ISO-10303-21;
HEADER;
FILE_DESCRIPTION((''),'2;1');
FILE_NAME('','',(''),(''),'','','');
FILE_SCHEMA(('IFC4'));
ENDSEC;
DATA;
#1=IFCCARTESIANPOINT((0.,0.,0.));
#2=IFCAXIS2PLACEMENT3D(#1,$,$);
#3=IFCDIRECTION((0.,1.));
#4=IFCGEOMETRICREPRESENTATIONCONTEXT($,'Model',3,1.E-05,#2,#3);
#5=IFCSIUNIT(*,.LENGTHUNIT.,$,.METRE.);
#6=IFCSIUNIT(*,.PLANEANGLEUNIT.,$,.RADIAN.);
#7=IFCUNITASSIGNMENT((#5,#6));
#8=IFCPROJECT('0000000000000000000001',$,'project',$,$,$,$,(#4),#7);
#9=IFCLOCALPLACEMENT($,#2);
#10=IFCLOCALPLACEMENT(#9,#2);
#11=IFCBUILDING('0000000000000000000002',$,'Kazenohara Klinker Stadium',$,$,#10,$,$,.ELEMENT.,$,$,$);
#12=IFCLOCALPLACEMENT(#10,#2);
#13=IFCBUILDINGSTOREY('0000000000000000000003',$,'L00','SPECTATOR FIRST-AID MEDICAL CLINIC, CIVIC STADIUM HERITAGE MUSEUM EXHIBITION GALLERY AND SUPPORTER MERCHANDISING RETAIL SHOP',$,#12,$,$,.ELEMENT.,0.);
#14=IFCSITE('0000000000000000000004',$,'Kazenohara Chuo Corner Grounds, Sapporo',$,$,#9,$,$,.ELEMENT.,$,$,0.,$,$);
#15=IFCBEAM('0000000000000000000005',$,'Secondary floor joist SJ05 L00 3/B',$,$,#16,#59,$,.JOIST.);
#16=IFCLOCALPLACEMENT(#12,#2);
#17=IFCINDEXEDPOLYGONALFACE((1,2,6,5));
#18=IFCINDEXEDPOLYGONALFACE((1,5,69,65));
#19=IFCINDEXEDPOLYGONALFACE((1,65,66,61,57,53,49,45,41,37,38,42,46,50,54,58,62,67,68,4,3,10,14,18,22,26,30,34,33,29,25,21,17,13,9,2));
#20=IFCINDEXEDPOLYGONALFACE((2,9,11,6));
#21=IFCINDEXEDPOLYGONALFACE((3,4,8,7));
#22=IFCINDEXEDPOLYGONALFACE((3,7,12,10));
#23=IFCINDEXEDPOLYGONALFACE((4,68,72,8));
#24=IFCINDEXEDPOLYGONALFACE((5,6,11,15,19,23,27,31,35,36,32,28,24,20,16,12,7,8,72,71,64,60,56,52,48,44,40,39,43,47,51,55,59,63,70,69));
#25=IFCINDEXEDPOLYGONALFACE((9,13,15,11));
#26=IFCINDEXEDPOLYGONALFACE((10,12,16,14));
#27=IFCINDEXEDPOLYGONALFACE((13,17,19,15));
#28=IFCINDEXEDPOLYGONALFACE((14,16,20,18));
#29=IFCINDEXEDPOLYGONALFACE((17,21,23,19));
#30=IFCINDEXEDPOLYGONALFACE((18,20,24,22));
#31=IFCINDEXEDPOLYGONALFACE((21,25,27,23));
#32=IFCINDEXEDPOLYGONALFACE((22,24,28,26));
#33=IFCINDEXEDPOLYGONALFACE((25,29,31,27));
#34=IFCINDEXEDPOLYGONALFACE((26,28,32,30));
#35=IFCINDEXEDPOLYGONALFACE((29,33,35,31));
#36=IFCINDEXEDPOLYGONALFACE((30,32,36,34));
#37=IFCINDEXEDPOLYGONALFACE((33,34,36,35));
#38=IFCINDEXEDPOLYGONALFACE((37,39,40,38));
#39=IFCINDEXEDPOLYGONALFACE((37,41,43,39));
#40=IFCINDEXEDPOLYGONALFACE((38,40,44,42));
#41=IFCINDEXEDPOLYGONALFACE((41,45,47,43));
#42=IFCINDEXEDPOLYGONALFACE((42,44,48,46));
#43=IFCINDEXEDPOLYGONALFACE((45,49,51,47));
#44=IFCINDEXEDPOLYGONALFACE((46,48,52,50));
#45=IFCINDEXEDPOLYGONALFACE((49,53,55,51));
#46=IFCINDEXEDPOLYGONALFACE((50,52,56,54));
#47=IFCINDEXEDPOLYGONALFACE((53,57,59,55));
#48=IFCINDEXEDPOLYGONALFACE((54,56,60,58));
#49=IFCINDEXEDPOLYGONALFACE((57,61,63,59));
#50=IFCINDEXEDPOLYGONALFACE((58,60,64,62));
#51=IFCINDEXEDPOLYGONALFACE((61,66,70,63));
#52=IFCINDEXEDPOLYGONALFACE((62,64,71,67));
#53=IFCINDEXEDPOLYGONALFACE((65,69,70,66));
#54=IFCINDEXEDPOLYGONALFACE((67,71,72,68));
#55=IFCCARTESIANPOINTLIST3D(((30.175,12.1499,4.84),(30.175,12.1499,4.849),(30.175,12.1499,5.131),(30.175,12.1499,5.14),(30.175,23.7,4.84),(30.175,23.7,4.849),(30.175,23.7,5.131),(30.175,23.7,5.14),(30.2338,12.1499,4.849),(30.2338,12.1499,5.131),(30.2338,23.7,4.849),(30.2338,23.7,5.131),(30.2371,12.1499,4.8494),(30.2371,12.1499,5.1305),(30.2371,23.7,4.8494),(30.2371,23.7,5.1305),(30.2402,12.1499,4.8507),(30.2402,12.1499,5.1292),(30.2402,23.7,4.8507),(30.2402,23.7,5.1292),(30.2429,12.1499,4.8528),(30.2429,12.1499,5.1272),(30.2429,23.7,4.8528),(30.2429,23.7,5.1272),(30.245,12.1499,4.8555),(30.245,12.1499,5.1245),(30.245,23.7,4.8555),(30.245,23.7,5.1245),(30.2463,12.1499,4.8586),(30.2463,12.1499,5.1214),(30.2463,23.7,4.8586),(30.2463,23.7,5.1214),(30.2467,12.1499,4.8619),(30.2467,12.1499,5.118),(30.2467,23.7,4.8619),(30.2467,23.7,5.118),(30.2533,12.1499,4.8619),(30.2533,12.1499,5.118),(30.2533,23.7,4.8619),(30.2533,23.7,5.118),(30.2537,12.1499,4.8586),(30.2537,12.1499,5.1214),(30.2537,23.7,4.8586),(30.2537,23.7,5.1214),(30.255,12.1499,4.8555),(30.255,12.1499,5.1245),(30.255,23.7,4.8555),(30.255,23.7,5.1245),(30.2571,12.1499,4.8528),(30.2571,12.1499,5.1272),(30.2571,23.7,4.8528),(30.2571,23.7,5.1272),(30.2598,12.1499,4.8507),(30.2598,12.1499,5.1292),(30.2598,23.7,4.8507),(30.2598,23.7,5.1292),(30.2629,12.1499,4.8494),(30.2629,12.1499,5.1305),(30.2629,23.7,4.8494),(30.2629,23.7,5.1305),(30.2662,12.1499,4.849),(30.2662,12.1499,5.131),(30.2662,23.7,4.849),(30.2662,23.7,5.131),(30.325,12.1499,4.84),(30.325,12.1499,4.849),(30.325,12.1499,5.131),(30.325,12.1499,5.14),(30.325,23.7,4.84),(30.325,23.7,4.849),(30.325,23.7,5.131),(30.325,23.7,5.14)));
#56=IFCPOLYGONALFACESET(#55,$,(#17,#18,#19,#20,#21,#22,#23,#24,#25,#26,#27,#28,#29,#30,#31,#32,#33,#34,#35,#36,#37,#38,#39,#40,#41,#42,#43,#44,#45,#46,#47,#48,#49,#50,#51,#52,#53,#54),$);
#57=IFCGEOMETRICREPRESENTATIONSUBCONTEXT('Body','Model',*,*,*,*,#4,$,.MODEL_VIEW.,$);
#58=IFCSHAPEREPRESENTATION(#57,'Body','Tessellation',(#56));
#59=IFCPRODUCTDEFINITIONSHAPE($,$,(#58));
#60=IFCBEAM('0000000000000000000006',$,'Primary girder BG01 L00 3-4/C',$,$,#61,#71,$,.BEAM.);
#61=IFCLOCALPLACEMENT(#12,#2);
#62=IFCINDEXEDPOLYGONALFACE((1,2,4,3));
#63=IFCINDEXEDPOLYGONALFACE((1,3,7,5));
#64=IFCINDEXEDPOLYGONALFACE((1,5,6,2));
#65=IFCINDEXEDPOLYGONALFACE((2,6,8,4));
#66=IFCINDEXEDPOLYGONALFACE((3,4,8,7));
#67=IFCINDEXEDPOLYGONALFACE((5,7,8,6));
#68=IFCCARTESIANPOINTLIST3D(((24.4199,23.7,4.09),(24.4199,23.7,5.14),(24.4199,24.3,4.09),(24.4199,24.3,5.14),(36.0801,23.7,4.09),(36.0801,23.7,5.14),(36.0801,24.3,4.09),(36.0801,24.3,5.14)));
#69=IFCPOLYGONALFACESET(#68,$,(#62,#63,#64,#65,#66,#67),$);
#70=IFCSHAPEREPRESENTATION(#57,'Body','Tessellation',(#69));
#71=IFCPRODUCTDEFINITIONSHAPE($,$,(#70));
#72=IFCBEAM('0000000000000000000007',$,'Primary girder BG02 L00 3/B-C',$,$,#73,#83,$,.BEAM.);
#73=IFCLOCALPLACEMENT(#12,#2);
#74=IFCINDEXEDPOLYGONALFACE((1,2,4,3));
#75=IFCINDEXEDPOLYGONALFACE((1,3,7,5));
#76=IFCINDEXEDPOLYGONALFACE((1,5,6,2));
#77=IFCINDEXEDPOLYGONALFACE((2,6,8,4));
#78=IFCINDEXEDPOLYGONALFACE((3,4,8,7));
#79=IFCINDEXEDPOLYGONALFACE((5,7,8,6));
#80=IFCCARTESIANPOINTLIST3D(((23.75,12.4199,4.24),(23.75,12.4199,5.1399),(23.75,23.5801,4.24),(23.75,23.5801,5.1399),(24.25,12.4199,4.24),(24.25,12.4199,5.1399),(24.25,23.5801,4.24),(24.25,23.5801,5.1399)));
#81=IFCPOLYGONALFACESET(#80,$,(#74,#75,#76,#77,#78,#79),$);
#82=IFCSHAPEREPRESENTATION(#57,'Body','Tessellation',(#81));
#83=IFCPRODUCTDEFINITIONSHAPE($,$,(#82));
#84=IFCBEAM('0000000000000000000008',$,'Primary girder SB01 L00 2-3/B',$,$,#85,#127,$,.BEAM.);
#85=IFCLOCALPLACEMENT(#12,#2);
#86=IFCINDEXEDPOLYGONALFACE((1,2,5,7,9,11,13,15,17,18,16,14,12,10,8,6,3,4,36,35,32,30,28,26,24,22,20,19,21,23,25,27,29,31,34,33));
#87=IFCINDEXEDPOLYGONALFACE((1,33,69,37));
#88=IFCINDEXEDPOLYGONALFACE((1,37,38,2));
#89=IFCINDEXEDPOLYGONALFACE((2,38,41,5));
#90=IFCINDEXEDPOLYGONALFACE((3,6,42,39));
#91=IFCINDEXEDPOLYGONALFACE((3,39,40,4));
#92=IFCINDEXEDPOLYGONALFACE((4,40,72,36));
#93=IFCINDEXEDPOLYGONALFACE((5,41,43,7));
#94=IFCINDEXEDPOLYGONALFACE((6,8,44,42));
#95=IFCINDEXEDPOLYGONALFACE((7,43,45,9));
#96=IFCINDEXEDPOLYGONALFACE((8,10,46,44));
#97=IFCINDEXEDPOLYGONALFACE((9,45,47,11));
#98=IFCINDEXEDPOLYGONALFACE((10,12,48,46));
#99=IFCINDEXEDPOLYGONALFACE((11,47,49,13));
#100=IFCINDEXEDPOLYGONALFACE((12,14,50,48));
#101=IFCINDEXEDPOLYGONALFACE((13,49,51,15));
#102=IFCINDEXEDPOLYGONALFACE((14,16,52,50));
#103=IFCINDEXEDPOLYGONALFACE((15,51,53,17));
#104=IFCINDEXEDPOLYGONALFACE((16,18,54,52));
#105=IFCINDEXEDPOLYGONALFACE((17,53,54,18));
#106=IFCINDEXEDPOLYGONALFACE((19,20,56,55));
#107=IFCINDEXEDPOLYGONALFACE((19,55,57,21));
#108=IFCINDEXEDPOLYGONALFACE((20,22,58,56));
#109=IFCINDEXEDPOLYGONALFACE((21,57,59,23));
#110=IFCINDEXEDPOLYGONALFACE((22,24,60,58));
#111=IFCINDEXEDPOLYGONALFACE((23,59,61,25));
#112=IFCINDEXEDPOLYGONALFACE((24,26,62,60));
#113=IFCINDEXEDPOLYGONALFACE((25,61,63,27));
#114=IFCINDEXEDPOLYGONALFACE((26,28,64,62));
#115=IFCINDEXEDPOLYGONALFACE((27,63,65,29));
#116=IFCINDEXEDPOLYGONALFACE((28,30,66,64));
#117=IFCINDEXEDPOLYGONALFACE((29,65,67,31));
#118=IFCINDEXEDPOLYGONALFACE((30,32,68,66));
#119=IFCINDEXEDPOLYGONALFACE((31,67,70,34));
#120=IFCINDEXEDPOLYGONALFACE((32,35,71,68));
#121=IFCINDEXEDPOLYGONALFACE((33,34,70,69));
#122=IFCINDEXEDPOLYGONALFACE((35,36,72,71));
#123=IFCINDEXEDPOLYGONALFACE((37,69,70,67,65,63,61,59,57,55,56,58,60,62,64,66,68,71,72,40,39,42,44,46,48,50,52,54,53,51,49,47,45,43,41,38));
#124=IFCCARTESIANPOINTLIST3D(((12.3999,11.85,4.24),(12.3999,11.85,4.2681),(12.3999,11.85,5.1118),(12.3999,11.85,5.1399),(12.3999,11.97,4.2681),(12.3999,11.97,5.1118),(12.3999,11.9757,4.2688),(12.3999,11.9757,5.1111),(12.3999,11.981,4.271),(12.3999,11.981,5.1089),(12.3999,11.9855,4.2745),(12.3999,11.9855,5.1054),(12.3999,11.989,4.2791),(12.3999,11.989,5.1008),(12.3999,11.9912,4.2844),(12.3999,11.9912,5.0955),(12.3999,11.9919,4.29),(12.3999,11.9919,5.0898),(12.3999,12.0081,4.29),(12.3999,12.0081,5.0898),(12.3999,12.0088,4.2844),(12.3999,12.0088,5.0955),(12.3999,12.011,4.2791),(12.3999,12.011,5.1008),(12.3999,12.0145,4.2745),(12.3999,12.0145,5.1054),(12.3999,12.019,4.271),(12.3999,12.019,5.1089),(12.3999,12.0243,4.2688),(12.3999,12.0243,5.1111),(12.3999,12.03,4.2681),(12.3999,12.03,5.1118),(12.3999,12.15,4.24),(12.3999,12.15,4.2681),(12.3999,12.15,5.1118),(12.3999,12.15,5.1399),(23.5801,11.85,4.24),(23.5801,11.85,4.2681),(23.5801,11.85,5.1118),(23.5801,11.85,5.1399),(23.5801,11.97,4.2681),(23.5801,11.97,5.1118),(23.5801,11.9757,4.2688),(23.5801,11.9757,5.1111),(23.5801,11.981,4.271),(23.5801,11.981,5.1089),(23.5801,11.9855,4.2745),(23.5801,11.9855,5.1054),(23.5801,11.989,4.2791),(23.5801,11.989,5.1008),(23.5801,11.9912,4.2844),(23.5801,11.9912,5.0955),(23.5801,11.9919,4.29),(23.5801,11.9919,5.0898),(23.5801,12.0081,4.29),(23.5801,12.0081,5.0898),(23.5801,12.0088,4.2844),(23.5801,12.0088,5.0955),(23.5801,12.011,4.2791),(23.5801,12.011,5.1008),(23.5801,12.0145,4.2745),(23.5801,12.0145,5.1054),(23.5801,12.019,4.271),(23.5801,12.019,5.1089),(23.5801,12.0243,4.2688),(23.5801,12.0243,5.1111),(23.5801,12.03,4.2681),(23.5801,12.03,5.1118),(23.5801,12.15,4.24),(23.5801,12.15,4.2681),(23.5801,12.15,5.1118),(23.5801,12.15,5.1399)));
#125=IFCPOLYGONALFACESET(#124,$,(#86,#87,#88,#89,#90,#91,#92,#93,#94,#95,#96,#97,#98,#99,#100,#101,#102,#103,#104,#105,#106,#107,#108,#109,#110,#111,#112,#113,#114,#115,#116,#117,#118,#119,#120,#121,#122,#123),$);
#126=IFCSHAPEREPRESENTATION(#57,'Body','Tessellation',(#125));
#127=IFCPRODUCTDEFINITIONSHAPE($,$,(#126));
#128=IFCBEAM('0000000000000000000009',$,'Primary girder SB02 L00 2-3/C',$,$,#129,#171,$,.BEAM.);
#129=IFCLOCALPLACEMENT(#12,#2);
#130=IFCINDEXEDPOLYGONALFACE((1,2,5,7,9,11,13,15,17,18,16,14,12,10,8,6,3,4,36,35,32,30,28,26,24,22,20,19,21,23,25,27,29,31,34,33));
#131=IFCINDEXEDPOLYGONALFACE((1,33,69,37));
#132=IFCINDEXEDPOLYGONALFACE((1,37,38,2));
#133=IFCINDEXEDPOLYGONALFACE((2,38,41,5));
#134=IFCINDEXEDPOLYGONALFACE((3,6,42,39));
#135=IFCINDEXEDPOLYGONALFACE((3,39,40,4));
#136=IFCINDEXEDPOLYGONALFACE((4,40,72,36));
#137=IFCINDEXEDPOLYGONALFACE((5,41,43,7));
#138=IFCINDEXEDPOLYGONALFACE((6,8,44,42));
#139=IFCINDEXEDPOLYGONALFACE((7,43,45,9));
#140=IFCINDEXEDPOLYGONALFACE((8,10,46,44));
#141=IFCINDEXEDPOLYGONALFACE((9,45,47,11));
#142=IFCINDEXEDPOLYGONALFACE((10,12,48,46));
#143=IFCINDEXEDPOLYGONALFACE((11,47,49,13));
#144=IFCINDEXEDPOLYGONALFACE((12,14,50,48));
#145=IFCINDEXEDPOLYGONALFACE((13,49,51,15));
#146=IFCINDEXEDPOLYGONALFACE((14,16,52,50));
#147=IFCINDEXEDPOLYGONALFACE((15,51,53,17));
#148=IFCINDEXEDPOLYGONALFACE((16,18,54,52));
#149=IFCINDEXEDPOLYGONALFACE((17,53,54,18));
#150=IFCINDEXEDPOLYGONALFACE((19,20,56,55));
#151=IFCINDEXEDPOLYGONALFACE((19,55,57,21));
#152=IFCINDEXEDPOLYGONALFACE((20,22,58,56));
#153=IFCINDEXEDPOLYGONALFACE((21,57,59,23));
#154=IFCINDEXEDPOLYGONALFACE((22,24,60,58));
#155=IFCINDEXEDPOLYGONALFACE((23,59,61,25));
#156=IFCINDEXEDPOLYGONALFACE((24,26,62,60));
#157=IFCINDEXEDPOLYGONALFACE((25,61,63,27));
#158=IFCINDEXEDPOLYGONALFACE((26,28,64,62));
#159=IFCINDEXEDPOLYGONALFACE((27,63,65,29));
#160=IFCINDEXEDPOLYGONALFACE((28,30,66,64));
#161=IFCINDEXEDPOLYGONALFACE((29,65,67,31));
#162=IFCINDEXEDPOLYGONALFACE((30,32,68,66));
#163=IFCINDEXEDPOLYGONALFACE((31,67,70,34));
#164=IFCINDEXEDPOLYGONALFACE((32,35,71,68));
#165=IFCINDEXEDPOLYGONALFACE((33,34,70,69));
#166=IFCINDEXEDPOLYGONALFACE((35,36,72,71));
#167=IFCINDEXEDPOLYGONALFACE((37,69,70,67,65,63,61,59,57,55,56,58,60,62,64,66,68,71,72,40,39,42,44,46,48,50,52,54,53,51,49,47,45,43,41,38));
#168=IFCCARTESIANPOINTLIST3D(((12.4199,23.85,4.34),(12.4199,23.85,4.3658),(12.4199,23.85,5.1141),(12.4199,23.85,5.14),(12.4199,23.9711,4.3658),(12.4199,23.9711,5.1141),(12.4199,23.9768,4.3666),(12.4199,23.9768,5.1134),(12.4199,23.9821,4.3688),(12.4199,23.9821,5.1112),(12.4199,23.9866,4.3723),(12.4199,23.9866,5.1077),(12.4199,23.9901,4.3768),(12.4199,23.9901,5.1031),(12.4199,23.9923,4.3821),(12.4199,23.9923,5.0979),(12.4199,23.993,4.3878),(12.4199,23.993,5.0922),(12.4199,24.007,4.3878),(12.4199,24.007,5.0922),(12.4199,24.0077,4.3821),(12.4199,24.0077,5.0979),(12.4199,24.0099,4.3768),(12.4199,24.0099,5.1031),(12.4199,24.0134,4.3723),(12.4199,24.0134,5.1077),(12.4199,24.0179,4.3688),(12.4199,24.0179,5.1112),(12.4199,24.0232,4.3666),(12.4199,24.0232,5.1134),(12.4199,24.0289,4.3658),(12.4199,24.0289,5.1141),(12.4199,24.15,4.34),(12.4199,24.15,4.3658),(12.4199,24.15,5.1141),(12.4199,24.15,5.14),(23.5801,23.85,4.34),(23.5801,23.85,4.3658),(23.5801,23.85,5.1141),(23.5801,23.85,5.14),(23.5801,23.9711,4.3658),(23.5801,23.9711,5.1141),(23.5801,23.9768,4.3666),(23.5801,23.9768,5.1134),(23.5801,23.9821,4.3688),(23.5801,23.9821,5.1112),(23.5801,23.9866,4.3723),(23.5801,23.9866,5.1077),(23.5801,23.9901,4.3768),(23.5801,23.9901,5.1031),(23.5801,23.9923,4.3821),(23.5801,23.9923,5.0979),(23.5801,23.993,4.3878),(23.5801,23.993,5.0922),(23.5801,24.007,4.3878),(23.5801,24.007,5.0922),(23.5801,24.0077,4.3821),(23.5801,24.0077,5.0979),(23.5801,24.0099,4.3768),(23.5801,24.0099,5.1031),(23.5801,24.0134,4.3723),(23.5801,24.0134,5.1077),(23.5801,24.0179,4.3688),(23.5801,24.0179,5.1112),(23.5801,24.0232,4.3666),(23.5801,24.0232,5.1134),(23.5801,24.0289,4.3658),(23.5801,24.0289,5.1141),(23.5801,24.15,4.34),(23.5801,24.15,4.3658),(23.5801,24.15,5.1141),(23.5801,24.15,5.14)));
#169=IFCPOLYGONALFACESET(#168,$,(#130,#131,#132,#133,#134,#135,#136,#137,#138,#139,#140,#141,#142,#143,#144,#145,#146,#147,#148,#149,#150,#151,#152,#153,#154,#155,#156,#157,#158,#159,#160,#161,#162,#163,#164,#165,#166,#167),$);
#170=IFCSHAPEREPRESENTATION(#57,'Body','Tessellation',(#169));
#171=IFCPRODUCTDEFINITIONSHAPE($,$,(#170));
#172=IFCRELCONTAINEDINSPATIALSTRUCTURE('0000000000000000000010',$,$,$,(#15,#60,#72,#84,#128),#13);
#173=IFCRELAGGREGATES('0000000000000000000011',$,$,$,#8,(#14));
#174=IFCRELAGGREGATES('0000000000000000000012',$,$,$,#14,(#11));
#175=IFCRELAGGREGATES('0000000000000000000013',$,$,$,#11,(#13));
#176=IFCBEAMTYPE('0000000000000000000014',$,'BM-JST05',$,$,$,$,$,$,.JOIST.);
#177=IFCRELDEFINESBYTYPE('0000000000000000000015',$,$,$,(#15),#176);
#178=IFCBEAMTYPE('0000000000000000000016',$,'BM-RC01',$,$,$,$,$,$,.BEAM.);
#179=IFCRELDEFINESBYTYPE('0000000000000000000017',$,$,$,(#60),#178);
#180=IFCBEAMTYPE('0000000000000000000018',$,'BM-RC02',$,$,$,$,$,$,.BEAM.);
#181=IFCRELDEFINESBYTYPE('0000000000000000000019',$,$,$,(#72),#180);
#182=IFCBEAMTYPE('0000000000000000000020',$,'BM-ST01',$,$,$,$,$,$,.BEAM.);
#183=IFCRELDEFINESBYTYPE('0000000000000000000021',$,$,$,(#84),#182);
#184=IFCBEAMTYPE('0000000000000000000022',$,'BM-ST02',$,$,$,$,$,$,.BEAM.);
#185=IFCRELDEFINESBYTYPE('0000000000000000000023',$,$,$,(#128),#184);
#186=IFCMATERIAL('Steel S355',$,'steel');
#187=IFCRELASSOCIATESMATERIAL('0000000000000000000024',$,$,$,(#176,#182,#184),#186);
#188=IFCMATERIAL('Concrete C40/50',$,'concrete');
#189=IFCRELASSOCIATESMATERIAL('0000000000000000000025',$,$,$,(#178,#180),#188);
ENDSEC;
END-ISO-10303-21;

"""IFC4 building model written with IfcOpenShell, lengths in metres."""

from ifc_helpers import new_model, si_unit, direction, frame, origin, origin_2d, place, context, subcontext, project, spatial, rectangle, i_section, extrude, material, material_profile, profile_set, type_object, element, save


model = new_model("IFC4")

# Units and contexts
model_context = context("Model", 3, precision=1e-05, world=origin(), true_north=direction((0.0, 1.0)))
body_context = subcontext(model_context, "Body", "Model", "MODEL_VIEW")
ifc_project = project(units=[si_unit("LENGTHUNIT", "METRE"), si_unit("PLANEANGLEUNIT", "RADIAN")], contexts=[model_context])

# Site, building, storey
site_placement = place(None, origin())
site = spatial("IfcSite", under=ifc_project, at=site_placement, Name="Kazenohara Chuo Corner Grounds, Sapporo", CompositionType="ELEMENT", RefElevation=0.0)
building_placement = place(site_placement, origin())
building = spatial("IfcBuilding", under=site, at=building_placement, Name="Kazenohara Klinker Stadium", CompositionType="ELEMENT")
storey_placement = place(building_placement, origin())
storey = spatial("IfcBuildingStorey", under=building, at=storey_placement, Name="L00", Description="SPECTATOR FIRST-AID MEDICAL CLINIC, CIVIC STADIUM HERITAGE MUSEUM EXHIBITION GALLERY AND SUPPORTER MERCHANDISING RETAIL SHOP", CompositionType="ELEMENT", Elevation=0.0)

# Shared definitions
ifc_material_1 = material(Name="Concrete C40/50", Category="concrete")

# Beams
ifc_material_2 = material(Name="Steel S355", Category="steel")
ifc_material_profile_1 = material_profile(ifc_material_2, i_section(OverallWidth=0.1499, OverallDepth=0.3, WebThickness=0.0066, FlangeThickness=0.009, FilletRadius=0.0129, at=origin_2d()), Name="H-300x150x6.5x9")
ifc_profile_set_1 = profile_set([ifc_material_profile_1], Name="Steel S355")
beam_type_1 = type_object("IfcBeamType", Name="BM-JST05", PredefinedType="JOIST", material=ifc_profile_set_1)
beam_1_placement = place(storey_placement, frame((30.25, 12.1499, 4.99), z_axis=(0.0, 1.0, 0.0), x_axis=(-1.0, 0.0, 0.0)))
element("IfcBeam", 1, at=beam_1_placement, inside=storey, type_object=beam_type_1, Name="Secondary floor joist SJ05 L00 3/B", PredefinedType="JOIST", context=body_context, shape_type="SweptSolid", body=[
    extrude(i_section(OverallWidth=0.1499, OverallDepth=0.3, WebThickness=0.0066, FlangeThickness=0.009, FilletRadius=0.0129, at=origin_2d()), origin(), (0.0, 0.0, 1.0), 11.55),
])
ifc_material_profile_2 = material_profile(ifc_material_1, rectangle(XDim=0.6001, YDim=1.05, at=origin_2d()), Name="RC-BM-600x1050")
ifc_profile_set_2 = profile_set([ifc_material_profile_2], Name="Concrete C40/50")
beam_type_2 = type_object("IfcBeamType", Name="BM-RC01", PredefinedType="BEAM", material=ifc_profile_set_2)
beam_2_placement = place(storey_placement, frame((24.4199, 24.0, 4.615), z_axis=(1.0, 0.0, 0.0), x_axis=(0.0, 1.0, 0.0)))
element("IfcBeam", 2, at=beam_2_placement, inside=storey, type_object=beam_type_2, Name="Primary girder BG01 L00 3-4/C", PredefinedType="BEAM", context=body_context, shape_type="SweptSolid", body=[
    extrude(rectangle(XDim=0.6001, YDim=1.05, at=origin_2d()), origin(), (0.0, 0.0, 1.0), 11.6602),
])
ifc_material_profile_3 = material_profile(ifc_material_1, rectangle(XDim=0.5, YDim=0.8999, at=origin_2d()), Name="RC-BM-500x900")
ifc_profile_set_3 = profile_set([ifc_material_profile_3], Name="Concrete C40/50")
beam_type_3 = type_object("IfcBeamType", Name="BM-RC02", PredefinedType="BEAM", material=ifc_profile_set_3)
beam_3_placement = place(storey_placement, frame((24.0, 12.4199, 4.6899), z_axis=(0.0, 1.0, 0.0), x_axis=(-1.0, 0.0, 0.0)))
element("IfcBeam", 3, at=beam_3_placement, inside=storey, type_object=beam_type_3, Name="Primary girder BG02 L00 3/B-C", PredefinedType="BEAM", context=body_context, shape_type="SweptSolid", body=[
    extrude(rectangle(XDim=0.5, YDim=0.8999, at=origin_2d()), origin(), (0.0, 0.0, 1.0), 11.1602),
])
ifc_material_profile_4 = material_profile(ifc_material_2, i_section(OverallWidth=0.3, OverallDepth=0.8999, WebThickness=0.0161, FlangeThickness=0.0281, FilletRadius=0.022, at=origin_2d()), Name="H-900x300x16x28")
ifc_profile_set_4 = profile_set([ifc_material_profile_4], Name="Steel S355")
beam_type_4 = type_object("IfcBeamType", Name="BM-ST01", PredefinedType="BEAM", material=ifc_profile_set_4)
beam_4_placement = place(storey_placement, frame((12.3999, 12.0, 4.6899), z_axis=(1.0, 0.0, 0.0), x_axis=(0.0, 1.0, 0.0)))
element("IfcBeam", 4, at=beam_4_placement, inside=storey, type_object=beam_type_4, Name="Primary girder SB01 L00 2-3/B", PredefinedType="BEAM", context=body_context, shape_type="SweptSolid", body=[
    extrude(i_section(OverallWidth=0.3, OverallDepth=0.8999, WebThickness=0.0161, FlangeThickness=0.0281, FilletRadius=0.022, at=origin_2d()), origin(), (0.0, 0.0, 1.0), 11.1802),
])
ifc_material_profile_5 = material_profile(ifc_material_2, i_section(OverallWidth=0.3, OverallDepth=0.8, WebThickness=0.0139, FlangeThickness=0.0259, FilletRadius=0.022, at=origin_2d()), Name="H-800x300x14x26")
ifc_profile_set_5 = profile_set([ifc_material_profile_5], Name="Steel S355")
beam_type_5 = type_object("IfcBeamType", Name="BM-ST02", PredefinedType="BEAM", material=ifc_profile_set_5)
beam_5_placement = place(storey_placement, frame((12.4199, 24.0, 4.74), z_axis=(1.0, 0.0, 0.0), x_axis=(0.0, 1.0, 0.0)))
element("IfcBeam", 5, at=beam_5_placement, inside=storey, type_object=beam_type_5, Name="Primary girder SB02 L00 2-3/C", PredefinedType="BEAM", context=body_context, shape_type="SweptSolid", body=[
    extrude(i_section(OverallWidth=0.3, OverallDepth=0.8, WebThickness=0.0139, FlangeThickness=0.0259, FilletRadius=0.022, at=origin_2d()), origin(), (0.0, 0.0, 1.0), 11.1602),
])

save(model, "model.ifc")
